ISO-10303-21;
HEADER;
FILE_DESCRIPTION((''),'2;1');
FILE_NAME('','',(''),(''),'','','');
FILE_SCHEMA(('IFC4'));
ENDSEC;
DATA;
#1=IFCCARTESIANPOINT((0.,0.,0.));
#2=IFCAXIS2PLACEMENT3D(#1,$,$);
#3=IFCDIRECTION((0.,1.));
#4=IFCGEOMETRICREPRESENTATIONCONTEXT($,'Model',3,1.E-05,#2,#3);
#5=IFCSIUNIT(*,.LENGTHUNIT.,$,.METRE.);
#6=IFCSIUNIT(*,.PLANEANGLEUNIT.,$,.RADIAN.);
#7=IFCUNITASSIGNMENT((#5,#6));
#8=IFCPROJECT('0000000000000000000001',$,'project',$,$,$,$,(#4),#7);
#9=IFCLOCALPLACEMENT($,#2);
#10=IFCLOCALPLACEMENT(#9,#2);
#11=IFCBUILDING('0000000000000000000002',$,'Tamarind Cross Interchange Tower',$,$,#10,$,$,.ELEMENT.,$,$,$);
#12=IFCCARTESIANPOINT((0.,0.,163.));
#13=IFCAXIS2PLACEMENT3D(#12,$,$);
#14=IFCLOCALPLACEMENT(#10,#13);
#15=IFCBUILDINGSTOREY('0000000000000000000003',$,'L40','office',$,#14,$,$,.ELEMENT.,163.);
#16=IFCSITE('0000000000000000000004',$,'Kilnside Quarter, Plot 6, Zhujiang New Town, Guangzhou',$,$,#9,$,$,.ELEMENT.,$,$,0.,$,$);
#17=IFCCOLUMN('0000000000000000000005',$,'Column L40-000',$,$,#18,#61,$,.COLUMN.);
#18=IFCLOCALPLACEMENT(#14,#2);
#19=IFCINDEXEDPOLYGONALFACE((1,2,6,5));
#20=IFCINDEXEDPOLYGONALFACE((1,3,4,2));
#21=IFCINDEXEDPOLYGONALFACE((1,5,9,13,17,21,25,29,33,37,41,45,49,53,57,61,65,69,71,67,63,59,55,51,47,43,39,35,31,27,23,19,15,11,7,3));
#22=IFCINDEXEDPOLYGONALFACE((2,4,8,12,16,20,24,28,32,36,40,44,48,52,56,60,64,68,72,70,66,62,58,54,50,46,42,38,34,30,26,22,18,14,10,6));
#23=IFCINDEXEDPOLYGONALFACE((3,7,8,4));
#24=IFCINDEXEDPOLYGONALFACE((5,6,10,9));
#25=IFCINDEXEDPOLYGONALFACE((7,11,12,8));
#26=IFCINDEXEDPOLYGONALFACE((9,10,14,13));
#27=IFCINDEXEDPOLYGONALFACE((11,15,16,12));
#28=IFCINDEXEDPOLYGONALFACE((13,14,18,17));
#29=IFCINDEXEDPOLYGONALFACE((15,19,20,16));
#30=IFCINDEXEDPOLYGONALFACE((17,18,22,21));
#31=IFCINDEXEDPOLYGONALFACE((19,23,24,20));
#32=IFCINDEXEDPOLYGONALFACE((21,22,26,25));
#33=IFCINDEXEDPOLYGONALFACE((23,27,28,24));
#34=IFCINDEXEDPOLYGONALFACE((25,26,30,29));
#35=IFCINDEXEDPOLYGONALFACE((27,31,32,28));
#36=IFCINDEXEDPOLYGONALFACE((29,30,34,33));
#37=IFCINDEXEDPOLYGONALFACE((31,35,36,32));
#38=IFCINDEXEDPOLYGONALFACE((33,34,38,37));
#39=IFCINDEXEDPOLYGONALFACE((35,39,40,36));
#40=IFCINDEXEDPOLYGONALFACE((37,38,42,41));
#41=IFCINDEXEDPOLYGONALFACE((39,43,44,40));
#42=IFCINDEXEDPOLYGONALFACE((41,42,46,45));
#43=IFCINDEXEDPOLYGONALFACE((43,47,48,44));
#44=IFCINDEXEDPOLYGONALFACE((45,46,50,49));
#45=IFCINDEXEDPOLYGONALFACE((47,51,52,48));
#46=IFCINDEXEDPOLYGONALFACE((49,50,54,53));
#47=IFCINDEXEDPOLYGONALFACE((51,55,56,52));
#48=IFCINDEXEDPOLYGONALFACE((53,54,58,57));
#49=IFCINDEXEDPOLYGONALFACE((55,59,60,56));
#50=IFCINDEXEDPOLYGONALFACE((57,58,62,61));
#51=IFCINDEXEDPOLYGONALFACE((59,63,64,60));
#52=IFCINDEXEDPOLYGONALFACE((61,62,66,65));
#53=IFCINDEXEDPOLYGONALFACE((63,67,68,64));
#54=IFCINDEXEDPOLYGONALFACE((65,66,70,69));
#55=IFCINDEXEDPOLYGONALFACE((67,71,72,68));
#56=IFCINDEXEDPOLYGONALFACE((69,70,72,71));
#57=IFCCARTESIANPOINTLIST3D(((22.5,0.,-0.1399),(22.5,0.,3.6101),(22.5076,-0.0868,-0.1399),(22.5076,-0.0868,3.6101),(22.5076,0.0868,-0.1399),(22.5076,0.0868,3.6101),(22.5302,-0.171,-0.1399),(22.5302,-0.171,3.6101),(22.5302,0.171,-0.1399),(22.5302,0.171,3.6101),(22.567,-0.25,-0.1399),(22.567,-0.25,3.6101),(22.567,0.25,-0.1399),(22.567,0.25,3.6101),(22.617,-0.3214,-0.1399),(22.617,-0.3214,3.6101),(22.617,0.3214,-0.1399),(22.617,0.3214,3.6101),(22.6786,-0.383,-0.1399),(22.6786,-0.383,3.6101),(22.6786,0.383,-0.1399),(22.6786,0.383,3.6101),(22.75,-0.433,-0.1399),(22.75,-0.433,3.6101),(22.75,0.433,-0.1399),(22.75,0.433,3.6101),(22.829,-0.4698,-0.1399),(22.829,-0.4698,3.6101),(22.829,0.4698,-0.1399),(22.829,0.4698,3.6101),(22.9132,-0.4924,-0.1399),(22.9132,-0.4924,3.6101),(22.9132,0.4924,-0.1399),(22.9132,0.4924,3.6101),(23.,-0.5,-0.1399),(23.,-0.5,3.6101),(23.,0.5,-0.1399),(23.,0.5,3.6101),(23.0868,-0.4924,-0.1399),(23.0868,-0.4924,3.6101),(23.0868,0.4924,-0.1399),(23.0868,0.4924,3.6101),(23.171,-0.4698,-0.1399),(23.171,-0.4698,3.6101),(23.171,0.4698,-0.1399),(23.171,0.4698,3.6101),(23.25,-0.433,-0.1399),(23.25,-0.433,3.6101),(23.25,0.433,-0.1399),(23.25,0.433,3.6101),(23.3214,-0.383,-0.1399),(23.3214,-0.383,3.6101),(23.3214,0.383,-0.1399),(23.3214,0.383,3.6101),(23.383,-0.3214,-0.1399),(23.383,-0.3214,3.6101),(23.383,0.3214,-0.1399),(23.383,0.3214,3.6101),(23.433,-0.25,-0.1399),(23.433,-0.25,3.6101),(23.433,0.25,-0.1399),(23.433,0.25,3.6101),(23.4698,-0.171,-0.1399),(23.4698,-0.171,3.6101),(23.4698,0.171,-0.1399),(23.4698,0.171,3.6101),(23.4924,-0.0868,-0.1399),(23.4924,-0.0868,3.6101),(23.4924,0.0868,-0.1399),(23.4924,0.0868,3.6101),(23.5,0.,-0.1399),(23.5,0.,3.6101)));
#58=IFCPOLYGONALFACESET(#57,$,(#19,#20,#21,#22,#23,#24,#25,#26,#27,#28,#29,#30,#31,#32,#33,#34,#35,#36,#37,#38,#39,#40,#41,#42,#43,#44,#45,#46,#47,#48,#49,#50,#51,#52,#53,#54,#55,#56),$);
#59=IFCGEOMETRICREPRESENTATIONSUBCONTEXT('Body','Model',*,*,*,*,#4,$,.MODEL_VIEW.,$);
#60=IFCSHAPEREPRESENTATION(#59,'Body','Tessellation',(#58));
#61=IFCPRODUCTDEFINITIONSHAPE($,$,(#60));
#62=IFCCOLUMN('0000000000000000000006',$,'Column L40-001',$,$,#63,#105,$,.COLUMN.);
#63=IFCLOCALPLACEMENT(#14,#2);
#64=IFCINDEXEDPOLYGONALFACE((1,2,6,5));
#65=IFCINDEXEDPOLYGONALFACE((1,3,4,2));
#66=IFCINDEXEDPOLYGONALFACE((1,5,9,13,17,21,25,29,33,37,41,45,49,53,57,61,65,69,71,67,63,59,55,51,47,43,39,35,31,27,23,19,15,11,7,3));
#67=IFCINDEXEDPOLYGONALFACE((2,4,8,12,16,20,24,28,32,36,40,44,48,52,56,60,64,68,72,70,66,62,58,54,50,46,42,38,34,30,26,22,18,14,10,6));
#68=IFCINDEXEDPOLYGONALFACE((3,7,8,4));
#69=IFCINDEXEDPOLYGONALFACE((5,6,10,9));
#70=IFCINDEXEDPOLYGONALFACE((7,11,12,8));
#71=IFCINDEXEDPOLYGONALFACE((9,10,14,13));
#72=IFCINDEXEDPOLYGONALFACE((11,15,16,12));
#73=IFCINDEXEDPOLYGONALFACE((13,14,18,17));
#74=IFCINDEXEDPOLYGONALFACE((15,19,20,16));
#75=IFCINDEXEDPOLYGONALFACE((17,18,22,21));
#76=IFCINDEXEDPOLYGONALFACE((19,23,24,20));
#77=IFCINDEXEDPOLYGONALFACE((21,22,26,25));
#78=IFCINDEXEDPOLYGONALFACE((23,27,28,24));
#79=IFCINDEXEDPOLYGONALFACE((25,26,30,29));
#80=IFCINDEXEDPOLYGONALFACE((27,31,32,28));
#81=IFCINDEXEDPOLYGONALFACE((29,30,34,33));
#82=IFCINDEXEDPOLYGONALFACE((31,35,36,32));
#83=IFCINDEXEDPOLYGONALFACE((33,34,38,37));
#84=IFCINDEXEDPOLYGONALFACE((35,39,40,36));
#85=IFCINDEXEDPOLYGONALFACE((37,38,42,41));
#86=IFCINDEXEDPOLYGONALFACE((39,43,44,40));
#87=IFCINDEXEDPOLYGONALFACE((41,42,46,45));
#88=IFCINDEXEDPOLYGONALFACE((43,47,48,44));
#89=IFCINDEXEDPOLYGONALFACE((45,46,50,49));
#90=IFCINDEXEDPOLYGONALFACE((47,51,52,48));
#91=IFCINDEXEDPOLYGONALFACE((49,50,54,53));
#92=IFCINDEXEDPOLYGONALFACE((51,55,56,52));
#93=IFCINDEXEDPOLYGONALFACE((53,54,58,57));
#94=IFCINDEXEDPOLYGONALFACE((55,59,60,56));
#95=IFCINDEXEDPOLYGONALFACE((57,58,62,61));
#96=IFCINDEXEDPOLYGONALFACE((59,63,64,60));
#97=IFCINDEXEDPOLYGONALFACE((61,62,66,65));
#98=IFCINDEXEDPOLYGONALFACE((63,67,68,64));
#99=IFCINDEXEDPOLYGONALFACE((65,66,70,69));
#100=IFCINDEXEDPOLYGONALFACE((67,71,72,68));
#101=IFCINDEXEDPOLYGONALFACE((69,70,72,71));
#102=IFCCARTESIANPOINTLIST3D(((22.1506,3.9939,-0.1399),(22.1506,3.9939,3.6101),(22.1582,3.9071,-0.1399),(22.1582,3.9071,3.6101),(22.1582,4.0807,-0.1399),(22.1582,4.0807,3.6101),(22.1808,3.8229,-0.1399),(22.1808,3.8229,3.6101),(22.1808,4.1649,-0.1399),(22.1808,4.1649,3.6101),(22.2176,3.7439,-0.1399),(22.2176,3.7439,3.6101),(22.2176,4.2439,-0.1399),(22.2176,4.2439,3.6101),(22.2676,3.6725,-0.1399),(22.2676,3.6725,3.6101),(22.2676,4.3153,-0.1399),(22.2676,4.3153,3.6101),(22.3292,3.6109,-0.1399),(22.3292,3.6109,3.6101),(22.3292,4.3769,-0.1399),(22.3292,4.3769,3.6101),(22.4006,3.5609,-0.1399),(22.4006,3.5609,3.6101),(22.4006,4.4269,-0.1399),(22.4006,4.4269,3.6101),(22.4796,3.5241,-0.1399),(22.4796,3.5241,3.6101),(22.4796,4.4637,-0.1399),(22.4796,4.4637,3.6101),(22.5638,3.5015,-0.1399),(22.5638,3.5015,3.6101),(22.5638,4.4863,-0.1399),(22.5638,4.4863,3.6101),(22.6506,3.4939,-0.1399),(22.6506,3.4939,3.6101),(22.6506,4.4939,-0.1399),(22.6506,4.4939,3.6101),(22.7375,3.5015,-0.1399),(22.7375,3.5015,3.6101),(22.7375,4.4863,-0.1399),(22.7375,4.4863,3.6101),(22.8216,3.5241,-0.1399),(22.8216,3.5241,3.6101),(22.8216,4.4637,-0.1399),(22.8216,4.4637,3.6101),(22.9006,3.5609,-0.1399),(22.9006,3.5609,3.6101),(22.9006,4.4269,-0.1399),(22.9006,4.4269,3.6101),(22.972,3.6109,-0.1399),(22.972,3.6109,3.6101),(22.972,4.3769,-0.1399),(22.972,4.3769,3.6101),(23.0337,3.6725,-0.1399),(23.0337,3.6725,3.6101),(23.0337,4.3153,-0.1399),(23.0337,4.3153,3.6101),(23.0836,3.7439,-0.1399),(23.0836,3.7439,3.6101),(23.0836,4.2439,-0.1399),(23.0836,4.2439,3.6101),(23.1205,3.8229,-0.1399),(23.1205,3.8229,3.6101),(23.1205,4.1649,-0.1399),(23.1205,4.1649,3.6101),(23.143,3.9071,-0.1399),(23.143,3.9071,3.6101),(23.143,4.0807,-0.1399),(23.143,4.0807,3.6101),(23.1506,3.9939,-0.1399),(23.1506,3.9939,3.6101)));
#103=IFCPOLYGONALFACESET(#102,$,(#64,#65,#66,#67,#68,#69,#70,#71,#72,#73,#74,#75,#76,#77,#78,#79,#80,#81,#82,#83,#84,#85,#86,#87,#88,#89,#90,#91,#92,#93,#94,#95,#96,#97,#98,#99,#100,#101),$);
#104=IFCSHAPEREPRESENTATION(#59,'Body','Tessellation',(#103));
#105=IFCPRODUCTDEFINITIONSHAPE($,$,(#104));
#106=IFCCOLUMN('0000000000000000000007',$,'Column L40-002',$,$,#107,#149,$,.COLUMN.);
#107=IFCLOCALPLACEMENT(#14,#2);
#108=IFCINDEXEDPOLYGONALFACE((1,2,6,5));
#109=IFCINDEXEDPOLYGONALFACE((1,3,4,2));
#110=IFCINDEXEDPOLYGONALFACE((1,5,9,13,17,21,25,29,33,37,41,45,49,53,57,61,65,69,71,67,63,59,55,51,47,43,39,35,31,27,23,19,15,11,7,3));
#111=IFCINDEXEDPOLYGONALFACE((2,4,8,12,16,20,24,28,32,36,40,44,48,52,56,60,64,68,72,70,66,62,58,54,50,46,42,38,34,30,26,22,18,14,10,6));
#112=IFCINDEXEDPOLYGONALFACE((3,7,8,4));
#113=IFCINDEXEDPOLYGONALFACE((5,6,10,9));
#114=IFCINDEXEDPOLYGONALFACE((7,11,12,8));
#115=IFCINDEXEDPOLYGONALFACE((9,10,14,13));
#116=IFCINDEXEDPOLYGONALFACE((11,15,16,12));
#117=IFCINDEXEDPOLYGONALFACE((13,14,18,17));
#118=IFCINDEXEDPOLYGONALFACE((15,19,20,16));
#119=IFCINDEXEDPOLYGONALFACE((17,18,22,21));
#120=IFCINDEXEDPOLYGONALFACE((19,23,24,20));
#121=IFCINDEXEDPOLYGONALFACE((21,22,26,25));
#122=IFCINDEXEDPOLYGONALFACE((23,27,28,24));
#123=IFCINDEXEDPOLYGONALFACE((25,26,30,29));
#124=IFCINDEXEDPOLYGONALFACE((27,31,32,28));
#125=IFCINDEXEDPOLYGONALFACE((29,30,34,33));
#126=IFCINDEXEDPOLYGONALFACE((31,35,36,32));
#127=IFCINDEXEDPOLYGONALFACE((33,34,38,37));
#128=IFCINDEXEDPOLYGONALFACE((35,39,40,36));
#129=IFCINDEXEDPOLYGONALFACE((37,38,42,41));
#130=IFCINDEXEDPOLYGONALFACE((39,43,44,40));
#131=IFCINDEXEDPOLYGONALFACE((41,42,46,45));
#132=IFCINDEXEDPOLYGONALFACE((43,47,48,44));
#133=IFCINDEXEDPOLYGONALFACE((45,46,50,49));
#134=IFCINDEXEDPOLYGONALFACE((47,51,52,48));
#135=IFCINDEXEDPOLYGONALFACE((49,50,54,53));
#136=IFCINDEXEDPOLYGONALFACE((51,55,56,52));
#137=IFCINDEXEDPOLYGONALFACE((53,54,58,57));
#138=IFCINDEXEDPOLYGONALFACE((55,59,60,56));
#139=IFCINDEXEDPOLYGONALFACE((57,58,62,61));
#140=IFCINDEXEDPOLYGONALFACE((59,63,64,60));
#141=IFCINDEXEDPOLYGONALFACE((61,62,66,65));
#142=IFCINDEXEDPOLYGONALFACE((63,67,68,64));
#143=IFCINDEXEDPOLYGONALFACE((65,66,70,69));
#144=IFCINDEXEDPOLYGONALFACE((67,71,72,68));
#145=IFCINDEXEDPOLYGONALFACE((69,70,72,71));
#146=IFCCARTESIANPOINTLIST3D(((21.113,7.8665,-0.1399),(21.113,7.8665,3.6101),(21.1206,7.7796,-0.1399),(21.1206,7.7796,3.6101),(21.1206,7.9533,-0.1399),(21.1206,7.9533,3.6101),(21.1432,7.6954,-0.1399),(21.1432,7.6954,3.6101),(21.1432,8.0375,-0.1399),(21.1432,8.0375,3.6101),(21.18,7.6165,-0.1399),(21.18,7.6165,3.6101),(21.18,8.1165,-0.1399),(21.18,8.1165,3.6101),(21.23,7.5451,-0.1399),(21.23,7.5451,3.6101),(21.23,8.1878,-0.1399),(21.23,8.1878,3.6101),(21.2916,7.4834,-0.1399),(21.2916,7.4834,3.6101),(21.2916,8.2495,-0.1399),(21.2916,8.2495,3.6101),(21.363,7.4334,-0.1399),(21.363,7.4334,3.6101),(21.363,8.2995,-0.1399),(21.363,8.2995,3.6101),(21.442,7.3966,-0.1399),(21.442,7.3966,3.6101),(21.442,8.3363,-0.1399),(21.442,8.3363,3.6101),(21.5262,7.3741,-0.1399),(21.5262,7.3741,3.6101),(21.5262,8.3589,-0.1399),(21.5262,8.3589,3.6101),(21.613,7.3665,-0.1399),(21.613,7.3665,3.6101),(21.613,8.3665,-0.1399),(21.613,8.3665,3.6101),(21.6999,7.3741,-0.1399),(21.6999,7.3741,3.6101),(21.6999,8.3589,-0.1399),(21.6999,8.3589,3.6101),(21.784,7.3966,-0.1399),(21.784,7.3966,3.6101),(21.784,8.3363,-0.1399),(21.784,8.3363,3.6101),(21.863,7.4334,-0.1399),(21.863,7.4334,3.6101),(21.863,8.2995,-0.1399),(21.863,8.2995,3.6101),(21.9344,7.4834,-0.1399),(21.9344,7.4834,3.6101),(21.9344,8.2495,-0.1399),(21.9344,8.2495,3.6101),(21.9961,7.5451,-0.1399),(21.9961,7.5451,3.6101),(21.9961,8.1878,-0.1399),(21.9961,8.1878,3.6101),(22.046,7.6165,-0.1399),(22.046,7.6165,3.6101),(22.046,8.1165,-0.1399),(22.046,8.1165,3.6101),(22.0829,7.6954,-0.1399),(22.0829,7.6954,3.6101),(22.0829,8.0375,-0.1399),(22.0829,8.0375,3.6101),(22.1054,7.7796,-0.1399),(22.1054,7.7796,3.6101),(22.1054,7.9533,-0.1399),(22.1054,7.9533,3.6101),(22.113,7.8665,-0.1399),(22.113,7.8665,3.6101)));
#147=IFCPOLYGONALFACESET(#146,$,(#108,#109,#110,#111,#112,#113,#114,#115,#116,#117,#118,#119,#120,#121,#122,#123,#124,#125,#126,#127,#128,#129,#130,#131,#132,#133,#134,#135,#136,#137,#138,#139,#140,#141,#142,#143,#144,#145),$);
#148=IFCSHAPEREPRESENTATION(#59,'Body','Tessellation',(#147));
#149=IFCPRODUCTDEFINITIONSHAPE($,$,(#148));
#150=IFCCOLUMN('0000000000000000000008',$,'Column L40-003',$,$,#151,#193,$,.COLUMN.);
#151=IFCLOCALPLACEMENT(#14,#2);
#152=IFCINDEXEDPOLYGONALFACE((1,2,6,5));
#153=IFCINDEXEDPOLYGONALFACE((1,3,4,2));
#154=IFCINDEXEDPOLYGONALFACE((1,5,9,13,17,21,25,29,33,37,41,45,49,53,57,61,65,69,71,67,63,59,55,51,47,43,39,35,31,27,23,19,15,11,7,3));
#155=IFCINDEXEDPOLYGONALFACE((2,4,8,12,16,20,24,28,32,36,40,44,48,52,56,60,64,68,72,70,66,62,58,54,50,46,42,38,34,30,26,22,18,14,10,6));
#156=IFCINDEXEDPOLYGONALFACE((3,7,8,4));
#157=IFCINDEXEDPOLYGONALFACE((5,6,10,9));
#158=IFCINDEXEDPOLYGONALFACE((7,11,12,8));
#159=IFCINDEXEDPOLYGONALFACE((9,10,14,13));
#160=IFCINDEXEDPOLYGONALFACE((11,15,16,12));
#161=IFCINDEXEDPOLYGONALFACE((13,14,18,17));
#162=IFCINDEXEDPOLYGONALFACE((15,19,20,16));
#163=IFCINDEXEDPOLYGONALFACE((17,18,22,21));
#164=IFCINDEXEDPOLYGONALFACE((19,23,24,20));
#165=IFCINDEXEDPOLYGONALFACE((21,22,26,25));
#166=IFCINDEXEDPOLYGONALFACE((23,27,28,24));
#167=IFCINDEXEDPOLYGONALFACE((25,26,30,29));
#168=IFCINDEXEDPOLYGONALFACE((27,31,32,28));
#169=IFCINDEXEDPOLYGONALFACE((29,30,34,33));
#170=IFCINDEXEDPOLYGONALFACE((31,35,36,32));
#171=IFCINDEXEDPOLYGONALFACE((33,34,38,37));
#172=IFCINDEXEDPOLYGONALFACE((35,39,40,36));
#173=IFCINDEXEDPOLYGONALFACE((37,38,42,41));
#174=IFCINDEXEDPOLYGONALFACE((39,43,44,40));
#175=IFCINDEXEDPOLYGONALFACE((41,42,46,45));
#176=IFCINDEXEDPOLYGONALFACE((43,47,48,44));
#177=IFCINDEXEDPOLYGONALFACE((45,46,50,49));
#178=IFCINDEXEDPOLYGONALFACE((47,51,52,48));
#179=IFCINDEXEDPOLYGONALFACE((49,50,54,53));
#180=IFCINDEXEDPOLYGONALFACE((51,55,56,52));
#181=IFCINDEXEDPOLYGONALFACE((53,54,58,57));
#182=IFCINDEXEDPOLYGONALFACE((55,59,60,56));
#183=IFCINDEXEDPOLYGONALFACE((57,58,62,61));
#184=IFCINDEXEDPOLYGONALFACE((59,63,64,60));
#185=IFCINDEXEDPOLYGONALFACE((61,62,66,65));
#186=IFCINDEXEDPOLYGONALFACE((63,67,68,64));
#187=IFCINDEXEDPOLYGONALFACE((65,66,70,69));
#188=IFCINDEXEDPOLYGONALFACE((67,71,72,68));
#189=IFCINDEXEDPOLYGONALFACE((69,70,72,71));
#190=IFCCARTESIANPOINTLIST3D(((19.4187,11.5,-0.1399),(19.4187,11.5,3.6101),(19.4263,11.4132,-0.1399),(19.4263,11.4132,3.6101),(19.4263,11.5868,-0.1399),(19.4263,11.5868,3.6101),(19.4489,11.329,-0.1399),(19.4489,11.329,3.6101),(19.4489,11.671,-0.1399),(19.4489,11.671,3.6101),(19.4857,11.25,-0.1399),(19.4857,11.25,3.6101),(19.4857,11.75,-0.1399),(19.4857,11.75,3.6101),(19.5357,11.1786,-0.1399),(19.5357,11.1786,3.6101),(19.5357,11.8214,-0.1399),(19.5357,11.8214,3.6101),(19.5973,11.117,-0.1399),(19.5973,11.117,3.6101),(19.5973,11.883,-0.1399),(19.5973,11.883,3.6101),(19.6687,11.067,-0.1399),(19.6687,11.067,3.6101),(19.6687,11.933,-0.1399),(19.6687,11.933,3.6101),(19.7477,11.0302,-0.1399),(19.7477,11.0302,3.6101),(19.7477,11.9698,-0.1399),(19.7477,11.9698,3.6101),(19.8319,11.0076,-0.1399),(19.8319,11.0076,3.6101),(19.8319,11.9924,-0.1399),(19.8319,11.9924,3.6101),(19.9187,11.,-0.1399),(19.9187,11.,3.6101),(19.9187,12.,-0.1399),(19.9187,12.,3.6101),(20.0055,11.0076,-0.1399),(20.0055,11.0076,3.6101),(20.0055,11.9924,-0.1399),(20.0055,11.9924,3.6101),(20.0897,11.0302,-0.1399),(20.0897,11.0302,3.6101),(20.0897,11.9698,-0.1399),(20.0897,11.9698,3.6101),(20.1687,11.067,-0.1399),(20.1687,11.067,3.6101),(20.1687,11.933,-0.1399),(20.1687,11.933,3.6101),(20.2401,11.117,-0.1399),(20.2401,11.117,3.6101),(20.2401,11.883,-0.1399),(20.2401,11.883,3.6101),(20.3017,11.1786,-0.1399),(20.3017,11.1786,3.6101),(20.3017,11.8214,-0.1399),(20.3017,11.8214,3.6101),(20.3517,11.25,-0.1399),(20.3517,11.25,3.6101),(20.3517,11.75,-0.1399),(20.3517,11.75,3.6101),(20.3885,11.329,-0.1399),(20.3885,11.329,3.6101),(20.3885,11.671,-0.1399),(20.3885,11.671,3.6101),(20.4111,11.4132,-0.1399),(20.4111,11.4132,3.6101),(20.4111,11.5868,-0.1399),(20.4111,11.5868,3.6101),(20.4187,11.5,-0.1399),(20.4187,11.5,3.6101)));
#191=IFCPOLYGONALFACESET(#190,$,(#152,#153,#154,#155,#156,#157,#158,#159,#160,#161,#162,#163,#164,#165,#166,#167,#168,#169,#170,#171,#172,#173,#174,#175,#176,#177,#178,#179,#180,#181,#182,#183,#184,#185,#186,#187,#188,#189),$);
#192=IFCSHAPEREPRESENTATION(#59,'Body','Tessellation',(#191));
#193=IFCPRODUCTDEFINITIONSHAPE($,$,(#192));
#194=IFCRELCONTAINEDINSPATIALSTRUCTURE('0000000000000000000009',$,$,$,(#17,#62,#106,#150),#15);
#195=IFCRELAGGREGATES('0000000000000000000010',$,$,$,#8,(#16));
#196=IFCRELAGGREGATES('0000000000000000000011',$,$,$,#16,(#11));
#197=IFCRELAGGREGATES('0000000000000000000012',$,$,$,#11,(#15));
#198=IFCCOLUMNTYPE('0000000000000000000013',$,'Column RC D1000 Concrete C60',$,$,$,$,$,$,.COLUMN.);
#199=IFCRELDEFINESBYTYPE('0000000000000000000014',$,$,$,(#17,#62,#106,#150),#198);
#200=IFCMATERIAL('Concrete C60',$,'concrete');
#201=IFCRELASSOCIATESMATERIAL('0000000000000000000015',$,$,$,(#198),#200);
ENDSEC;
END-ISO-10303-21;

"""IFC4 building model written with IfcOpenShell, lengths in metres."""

from ifc_helpers import new_model, si_unit, direction, frame, origin, origin_2d, place, context, subcontext, project, spatial, circle, extrude, material, material_profile, profile_set, type_object, element, save


model = new_model("IFC4")

# Units and contexts
model_context = context("Model", 3, precision=1e-05, world=origin(), true_north=direction((0.0, 1.0)))
body_context = subcontext(model_context, "Body", "Model", "MODEL_VIEW")
ifc_project = project(units=[si_unit("LENGTHUNIT", "METRE"), si_unit("PLANEANGLEUNIT", "RADIAN")], contexts=[model_context])

# Site, building, storey
site_placement = place(None, origin())
site = spatial("IfcSite", under=ifc_project, at=site_placement, Name="Kilnside Quarter, Plot 6, Zhujiang New Town, Guangzhou", CompositionType="ELEMENT", RefElevation=0.0)
building_placement = place(site_placement, origin())
building = spatial("IfcBuilding", under=site, at=building_placement, Name="Tamarind Cross Interchange Tower", CompositionType="ELEMENT")
storey_placement = place(building_placement, frame((0.0, 0.0, 163.0)))
storey = spatial("IfcBuildingStorey", under=building, at=storey_placement, Name="L40", Description="office", CompositionType="ELEMENT", Elevation=163.0)

# Columns
ifc_material_1 = material(Name="Concrete C60", Category="concrete")
ifc_material_profile_1 = material_profile(ifc_material_1, circle(Radius=0.5, at=origin_2d()), Name="RC D1000")
ifc_profile_set_1 = profile_set([ifc_material_profile_1], Name="Concrete C60")
column_type = type_object("IfcColumnType", Name="Column RC D1000 Concrete C60", PredefinedType="COLUMN", material=ifc_profile_set_1)
for number, where, z_axis, x_axis, name in (
    (1, (23.0, 0.0, -0.1399), (0.0, 0.0, 1.0), (1.0, 0.0, 0.0), "Column L40-000"),
    (2, (22.6506, 3.9939, -0.1399), (0.0, 0.0, 1.0), (1.0, 0.0, 0.0), "Column L40-001"),
    (3, (21.613, 7.8665, -0.1399), (0.0, 0.0, 1.0), (1.0, 0.0, 0.0), "Column L40-002"),
    (4, (19.9187, 11.5, -0.1399), (0.0, 0.0, 1.0), (1.0, 0.0, 0.0), "Column L40-003"),
):
    element("IfcColumn", number, at=place(storey_placement, frame(where, z_axis=z_axis, x_axis=x_axis)), inside=storey, type_object=column_type, Name=name, PredefinedType="COLUMN", context=body_context, shape_type="SweptSolid", body=[
        extrude(circle(Radius=0.5, at=origin_2d()), origin(), (0.0, 0.0, 1.0), 3.75),
    ])

save(model, "model.ifc")
